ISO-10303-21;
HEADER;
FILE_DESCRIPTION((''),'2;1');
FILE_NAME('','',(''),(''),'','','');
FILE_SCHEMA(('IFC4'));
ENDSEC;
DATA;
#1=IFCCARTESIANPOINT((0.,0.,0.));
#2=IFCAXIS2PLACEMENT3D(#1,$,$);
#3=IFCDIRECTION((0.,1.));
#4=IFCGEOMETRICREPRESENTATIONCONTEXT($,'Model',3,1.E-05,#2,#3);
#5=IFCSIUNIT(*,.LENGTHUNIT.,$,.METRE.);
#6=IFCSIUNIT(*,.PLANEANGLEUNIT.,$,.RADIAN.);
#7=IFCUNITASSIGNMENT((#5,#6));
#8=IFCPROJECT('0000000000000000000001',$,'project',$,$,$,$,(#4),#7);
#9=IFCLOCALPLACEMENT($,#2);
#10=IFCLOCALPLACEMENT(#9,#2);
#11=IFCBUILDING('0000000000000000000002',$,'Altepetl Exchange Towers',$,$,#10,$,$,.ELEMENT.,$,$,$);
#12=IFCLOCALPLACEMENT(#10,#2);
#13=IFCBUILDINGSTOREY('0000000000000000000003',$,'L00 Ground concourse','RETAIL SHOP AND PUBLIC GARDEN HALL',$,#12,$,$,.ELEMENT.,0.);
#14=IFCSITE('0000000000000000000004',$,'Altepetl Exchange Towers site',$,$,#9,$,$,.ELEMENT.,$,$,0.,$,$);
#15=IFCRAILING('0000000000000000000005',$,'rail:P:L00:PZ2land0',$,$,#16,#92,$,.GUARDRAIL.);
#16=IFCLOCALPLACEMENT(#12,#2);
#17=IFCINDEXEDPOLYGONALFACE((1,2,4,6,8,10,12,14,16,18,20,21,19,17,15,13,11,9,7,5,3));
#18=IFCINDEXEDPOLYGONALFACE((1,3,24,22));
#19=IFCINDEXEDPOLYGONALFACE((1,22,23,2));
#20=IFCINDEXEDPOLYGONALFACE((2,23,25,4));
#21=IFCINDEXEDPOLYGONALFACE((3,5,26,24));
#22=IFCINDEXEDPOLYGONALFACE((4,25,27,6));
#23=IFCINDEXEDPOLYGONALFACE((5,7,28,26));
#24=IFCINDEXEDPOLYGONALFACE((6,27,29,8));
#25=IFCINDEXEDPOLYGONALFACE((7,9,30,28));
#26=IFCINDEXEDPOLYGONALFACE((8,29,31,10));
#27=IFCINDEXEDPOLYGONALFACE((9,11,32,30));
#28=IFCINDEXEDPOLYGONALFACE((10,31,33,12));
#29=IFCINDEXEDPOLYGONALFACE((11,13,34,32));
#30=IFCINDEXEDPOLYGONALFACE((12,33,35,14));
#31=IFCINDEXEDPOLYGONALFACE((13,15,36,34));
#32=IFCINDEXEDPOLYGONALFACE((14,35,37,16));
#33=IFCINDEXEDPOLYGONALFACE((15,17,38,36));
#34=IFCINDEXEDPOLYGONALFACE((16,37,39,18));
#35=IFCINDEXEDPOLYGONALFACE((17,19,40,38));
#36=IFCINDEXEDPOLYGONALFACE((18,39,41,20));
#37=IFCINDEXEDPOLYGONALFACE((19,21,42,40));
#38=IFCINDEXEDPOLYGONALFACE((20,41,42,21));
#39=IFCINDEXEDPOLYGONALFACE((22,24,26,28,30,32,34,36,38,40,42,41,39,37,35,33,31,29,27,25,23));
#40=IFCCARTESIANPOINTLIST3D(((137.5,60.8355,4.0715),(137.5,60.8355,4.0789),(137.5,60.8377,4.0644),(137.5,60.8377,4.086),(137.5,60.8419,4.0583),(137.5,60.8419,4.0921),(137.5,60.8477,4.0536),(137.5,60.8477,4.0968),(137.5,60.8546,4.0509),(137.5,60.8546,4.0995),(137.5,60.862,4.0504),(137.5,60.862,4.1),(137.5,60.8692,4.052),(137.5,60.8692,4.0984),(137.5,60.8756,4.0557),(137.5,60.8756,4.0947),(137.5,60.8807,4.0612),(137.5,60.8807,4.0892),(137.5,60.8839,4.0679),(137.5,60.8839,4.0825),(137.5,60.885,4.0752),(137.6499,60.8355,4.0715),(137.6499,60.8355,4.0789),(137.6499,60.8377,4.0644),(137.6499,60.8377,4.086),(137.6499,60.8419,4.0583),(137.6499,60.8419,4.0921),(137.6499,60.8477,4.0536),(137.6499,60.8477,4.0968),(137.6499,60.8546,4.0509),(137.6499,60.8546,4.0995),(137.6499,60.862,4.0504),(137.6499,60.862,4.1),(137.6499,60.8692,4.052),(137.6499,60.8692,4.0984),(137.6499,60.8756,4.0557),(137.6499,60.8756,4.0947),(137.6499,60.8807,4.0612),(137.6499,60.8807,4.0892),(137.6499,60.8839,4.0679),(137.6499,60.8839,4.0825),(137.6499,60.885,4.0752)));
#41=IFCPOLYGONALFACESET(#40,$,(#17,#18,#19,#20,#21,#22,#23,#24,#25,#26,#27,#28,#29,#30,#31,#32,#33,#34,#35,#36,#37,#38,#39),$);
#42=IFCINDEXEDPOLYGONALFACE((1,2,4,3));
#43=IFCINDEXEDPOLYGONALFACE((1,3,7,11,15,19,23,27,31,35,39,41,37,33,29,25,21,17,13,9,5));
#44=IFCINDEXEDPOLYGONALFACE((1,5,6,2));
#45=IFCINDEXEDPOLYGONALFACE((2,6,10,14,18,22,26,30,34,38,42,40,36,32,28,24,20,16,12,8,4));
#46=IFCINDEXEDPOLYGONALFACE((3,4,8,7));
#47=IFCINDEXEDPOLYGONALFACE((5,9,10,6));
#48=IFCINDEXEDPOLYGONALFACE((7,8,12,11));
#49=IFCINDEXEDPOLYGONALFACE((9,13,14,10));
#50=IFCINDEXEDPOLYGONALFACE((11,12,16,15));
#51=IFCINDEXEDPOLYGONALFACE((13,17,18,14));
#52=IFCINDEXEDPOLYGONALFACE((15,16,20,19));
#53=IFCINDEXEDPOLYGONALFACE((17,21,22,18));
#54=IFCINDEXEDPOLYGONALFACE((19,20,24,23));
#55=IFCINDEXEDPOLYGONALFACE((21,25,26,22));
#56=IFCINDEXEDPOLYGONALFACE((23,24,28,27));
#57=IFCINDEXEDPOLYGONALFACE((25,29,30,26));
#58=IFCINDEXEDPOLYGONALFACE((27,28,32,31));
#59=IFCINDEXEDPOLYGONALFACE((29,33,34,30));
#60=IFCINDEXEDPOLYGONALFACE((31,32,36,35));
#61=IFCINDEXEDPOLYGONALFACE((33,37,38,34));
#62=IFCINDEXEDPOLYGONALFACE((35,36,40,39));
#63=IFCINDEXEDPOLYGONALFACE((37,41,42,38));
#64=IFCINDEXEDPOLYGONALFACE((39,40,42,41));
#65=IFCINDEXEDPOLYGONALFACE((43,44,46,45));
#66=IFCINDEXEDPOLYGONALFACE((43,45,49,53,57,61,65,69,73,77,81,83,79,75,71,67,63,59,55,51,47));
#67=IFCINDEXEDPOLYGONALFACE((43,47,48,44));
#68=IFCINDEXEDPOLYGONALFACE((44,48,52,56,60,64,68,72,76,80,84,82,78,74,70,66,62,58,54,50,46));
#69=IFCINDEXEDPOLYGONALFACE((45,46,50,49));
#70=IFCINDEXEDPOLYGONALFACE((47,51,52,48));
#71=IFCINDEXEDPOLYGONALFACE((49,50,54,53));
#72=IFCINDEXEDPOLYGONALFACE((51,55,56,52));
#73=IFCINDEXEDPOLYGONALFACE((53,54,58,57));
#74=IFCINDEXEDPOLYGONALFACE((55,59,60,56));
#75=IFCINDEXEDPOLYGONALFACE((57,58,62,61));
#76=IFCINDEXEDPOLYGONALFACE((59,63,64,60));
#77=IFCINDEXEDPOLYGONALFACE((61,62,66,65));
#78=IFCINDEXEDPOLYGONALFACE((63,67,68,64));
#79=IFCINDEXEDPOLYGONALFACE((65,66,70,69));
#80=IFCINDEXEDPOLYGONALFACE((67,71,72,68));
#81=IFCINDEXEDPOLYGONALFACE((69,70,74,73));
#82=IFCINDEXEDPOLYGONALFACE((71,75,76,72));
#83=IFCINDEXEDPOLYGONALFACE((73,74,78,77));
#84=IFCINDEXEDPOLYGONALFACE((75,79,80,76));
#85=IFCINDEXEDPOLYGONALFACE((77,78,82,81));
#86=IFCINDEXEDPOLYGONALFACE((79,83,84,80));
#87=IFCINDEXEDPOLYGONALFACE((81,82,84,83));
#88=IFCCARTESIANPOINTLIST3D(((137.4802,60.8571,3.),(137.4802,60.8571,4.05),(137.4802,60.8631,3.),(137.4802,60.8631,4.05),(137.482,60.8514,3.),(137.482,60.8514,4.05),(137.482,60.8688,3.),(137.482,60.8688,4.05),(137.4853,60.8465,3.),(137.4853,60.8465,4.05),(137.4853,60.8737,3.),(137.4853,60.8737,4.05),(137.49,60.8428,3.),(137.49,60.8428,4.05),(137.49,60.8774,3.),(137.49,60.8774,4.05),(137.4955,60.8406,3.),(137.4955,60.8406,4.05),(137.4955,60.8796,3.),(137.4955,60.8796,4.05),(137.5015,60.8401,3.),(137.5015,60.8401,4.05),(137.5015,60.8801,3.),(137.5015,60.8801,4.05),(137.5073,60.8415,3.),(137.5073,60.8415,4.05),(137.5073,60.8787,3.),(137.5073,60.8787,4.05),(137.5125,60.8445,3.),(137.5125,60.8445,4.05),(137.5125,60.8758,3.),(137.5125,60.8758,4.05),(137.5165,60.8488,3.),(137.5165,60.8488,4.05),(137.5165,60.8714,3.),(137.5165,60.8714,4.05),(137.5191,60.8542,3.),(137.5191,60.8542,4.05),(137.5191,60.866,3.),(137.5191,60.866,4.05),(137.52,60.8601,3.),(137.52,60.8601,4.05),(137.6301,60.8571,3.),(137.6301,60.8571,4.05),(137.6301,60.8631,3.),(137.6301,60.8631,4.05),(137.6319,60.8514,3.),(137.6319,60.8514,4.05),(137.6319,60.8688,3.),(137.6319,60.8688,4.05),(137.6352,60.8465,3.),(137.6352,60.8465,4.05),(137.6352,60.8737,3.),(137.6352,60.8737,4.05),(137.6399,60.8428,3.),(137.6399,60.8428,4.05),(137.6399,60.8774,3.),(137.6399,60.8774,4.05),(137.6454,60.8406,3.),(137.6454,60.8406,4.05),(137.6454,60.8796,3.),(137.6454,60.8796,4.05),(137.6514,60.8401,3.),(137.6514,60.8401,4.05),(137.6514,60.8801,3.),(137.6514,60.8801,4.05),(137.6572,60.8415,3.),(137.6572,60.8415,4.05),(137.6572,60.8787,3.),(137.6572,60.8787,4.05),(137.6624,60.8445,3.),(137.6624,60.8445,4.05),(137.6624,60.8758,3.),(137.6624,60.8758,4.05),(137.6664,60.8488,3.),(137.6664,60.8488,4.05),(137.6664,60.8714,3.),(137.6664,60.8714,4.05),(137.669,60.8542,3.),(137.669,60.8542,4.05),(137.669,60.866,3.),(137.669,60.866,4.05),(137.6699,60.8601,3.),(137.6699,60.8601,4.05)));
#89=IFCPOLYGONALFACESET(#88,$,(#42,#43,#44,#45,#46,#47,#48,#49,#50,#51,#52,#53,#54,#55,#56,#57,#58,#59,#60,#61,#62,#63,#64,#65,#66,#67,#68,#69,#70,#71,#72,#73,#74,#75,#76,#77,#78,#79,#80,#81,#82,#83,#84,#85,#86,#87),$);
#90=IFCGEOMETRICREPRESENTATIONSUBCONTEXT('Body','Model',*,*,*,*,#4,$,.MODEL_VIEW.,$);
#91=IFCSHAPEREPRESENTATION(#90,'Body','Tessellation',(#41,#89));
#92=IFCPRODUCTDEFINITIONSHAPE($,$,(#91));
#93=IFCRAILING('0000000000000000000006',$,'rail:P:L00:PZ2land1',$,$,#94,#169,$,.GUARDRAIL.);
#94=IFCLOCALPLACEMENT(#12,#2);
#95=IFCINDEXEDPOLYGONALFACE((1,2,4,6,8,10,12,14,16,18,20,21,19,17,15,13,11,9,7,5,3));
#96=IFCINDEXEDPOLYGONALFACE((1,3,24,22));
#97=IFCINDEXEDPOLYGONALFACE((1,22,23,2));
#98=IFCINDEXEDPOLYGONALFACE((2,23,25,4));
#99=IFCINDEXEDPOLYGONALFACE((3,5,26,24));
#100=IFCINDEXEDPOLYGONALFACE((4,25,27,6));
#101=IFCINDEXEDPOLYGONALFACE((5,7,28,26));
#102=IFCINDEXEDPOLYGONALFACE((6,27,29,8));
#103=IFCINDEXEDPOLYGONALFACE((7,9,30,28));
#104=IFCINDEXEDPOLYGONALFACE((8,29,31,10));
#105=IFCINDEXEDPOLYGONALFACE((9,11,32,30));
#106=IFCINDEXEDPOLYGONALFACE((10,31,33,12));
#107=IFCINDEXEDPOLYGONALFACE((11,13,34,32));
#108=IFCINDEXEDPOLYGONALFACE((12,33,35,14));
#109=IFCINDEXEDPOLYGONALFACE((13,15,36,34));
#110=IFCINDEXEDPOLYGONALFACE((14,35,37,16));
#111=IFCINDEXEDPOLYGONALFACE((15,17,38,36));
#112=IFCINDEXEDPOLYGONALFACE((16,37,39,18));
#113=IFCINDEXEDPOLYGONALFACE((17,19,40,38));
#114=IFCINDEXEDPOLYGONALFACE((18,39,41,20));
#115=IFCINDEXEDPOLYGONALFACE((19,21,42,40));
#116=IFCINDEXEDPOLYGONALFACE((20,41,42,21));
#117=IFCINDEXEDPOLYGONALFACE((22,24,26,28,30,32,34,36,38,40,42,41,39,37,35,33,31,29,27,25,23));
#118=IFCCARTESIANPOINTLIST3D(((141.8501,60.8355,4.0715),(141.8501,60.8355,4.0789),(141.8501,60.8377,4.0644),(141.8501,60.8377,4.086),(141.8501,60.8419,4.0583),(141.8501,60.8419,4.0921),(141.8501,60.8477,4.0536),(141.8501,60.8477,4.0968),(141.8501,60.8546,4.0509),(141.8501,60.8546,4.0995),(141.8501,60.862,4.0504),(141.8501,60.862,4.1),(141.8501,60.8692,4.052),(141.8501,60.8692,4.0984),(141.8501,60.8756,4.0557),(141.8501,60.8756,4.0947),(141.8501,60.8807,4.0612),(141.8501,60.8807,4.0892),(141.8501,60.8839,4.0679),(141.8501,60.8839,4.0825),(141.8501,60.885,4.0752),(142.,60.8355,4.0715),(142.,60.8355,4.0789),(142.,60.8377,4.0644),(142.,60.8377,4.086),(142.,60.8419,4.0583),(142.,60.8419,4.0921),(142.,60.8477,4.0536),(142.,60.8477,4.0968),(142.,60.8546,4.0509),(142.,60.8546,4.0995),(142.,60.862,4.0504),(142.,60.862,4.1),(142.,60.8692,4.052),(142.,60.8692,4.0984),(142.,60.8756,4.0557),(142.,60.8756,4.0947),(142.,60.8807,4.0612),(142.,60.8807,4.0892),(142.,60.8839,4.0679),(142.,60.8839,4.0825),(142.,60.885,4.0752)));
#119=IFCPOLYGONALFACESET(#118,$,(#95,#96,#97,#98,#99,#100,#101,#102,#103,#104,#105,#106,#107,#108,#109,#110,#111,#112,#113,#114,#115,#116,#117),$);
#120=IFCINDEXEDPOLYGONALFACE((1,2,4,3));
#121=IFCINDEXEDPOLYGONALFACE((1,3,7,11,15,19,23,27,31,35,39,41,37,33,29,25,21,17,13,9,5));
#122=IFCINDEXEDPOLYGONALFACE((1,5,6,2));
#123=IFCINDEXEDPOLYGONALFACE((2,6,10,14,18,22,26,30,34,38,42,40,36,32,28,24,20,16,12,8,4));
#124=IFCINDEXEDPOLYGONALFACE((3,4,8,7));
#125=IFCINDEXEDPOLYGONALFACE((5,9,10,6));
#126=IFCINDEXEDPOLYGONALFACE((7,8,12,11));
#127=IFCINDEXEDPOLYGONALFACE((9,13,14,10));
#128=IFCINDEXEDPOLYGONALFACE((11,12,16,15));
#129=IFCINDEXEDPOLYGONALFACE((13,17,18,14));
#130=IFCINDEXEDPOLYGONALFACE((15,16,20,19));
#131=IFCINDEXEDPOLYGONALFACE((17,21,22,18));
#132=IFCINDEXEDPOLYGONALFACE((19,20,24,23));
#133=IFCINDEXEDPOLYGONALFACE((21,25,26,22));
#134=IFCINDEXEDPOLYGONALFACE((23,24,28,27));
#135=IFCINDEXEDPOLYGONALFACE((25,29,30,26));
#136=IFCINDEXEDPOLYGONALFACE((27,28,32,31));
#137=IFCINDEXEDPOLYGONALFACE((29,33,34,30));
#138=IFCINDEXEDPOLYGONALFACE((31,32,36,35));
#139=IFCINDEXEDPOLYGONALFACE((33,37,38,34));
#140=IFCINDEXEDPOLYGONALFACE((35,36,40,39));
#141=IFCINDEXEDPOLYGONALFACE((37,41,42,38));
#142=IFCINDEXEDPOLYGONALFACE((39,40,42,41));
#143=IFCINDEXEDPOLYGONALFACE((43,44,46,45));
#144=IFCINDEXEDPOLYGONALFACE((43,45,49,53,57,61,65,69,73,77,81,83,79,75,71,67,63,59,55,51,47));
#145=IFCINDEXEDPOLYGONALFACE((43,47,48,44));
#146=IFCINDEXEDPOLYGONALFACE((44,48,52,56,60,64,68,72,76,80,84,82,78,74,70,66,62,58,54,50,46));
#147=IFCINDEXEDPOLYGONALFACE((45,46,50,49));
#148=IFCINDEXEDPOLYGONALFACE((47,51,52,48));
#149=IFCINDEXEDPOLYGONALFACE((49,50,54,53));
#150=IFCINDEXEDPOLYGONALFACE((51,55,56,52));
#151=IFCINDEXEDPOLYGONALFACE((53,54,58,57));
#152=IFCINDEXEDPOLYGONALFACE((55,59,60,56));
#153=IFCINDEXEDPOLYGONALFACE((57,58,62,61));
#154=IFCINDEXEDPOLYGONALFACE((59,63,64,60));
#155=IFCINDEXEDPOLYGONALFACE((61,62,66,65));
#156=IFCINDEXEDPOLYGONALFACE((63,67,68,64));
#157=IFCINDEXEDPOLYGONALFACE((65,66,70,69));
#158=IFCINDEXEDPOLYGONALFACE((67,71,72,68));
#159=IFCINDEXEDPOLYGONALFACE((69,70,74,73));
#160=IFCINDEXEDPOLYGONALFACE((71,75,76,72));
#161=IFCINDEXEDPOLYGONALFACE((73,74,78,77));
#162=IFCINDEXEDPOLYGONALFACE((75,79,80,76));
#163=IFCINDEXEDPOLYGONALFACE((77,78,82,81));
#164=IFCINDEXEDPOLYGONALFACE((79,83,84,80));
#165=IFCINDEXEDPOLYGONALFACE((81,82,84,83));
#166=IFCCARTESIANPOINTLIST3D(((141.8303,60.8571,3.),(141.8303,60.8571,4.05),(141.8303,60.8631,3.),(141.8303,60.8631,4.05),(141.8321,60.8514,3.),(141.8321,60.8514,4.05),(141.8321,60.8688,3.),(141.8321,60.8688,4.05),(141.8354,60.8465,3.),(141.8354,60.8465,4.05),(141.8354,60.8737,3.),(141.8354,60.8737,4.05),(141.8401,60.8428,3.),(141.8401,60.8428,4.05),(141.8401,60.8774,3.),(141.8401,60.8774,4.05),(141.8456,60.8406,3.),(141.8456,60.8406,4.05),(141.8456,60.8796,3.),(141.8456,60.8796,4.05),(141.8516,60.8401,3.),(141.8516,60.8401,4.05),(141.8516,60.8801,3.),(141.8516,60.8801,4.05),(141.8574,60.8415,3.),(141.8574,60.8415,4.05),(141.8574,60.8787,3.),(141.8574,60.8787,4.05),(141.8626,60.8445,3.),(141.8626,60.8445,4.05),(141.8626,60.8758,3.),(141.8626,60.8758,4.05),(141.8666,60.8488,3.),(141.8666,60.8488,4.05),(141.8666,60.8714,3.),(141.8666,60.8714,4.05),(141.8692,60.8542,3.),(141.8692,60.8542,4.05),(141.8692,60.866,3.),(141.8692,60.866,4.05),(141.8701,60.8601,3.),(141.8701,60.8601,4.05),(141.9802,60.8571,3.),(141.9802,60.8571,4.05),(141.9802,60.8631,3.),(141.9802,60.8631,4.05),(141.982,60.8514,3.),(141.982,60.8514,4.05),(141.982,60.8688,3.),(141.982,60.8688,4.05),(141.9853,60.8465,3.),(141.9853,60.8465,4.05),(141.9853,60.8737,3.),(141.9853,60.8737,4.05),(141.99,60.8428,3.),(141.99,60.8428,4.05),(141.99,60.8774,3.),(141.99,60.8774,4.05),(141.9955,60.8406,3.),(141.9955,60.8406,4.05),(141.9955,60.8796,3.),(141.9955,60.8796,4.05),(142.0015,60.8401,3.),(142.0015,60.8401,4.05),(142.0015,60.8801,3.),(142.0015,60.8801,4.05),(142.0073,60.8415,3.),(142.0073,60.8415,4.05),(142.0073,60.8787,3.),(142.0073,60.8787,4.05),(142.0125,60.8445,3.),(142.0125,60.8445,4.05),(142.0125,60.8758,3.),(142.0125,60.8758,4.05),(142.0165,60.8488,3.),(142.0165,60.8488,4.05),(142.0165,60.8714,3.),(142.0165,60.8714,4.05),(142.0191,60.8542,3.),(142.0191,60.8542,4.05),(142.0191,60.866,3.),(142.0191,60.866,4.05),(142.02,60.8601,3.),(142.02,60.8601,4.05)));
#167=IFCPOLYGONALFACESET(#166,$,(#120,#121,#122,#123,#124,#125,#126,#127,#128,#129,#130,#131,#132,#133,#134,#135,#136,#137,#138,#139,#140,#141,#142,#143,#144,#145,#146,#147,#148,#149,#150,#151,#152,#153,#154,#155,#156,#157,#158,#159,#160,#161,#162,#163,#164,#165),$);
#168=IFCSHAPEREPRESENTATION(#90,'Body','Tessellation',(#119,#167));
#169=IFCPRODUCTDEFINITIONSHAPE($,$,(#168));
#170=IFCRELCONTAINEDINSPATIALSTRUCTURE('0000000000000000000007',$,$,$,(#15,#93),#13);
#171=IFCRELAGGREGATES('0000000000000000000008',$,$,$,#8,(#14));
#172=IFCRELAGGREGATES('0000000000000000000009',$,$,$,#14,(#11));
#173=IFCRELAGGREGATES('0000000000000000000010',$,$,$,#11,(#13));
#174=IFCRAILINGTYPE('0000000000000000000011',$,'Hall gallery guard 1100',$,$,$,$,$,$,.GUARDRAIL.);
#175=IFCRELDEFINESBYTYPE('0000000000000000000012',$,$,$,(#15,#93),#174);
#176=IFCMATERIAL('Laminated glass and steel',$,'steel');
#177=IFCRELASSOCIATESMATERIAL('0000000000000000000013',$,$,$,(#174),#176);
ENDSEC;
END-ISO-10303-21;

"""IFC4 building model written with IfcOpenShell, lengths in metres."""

from ifc_helpers import new_model, si_unit, direction, frame, origin, origin_2d, place, context, subcontext, project, spatial, circle, extrude, source, transform, mapped, material, type_object, element, save


model = new_model("IFC4")

# Units and contexts
model_context = context("Model", 3, precision=1e-05, world=origin(), true_north=direction((0.0, 1.0)))
body_context = subcontext(model_context, "Body", "Model", "MODEL_VIEW")
ifc_project = project(units=[si_unit("LENGTHUNIT", "METRE"), si_unit("PLANEANGLEUNIT", "RADIAN")], contexts=[model_context])

# Site, building, storey
site_placement = place(None, origin())
site = spatial("IfcSite", under=ifc_project, at=site_placement, Name="Altepetl Exchange Towers site", CompositionType="ELEMENT", RefElevation=0.0)
building_placement = place(site_placement, origin())
building = spatial("IfcBuilding", under=site, at=building_placement, Name="Altepetl Exchange Towers", CompositionType="ELEMENT")
storey_placement = place(building_placement, origin())
storey = spatial("IfcBuildingStorey", under=building, at=storey_placement, Name="L00 Ground concourse", Description="RETAIL SHOP AND PUBLIC GARDEN HALL", CompositionType="ELEMENT", Elevation=0.0)

# Railings
ifc_material_1 = material(Name="Laminated glass and steel", Category="steel")
railing_type_1 = type_object("IfcRailingType", Name="Hall gallery guard 1100", PredefinedType="GUARDRAIL", material=ifc_material_1)
shared_shape_1 = source(origin(), body_context, "Body", "SweptSolid", [
    extrude(circle(Radius=0.02, at=origin_2d()), origin(), (0.0, 0.0, 1.0), 1.05),
])
for number, where, name in (
    (1, (137.5, 60.8601, 3.0), "rail:P:L00:PZ2land0"),
    (2, (141.8501, 60.8601, 3.0), "rail:P:L00:PZ2land1"),
):
    element("IfcRailing", number, at=place(storey_placement, frame(where)), inside=storey, type_object=railing_type_1, Name=name, PredefinedType="GUARDRAIL", context=body_context, shape_type="SweptSolid", body=[
        extrude(circle(Radius=0.0249, at=origin_2d()), frame((0.0, 0.0, 1.0752), z_axis=(1.0, 0.0, 0.0), x_axis=(0.0, 1.0, 0.0)), (0.0, 0.0, 1.0), 0.1499),
        mapped(shared_shape_1, transform((0.0, 0.0, 0.0))),
        mapped(shared_shape_1, transform((0.1499, 0.0, 0.0))),
    ])

save(model, "model.ifc")
